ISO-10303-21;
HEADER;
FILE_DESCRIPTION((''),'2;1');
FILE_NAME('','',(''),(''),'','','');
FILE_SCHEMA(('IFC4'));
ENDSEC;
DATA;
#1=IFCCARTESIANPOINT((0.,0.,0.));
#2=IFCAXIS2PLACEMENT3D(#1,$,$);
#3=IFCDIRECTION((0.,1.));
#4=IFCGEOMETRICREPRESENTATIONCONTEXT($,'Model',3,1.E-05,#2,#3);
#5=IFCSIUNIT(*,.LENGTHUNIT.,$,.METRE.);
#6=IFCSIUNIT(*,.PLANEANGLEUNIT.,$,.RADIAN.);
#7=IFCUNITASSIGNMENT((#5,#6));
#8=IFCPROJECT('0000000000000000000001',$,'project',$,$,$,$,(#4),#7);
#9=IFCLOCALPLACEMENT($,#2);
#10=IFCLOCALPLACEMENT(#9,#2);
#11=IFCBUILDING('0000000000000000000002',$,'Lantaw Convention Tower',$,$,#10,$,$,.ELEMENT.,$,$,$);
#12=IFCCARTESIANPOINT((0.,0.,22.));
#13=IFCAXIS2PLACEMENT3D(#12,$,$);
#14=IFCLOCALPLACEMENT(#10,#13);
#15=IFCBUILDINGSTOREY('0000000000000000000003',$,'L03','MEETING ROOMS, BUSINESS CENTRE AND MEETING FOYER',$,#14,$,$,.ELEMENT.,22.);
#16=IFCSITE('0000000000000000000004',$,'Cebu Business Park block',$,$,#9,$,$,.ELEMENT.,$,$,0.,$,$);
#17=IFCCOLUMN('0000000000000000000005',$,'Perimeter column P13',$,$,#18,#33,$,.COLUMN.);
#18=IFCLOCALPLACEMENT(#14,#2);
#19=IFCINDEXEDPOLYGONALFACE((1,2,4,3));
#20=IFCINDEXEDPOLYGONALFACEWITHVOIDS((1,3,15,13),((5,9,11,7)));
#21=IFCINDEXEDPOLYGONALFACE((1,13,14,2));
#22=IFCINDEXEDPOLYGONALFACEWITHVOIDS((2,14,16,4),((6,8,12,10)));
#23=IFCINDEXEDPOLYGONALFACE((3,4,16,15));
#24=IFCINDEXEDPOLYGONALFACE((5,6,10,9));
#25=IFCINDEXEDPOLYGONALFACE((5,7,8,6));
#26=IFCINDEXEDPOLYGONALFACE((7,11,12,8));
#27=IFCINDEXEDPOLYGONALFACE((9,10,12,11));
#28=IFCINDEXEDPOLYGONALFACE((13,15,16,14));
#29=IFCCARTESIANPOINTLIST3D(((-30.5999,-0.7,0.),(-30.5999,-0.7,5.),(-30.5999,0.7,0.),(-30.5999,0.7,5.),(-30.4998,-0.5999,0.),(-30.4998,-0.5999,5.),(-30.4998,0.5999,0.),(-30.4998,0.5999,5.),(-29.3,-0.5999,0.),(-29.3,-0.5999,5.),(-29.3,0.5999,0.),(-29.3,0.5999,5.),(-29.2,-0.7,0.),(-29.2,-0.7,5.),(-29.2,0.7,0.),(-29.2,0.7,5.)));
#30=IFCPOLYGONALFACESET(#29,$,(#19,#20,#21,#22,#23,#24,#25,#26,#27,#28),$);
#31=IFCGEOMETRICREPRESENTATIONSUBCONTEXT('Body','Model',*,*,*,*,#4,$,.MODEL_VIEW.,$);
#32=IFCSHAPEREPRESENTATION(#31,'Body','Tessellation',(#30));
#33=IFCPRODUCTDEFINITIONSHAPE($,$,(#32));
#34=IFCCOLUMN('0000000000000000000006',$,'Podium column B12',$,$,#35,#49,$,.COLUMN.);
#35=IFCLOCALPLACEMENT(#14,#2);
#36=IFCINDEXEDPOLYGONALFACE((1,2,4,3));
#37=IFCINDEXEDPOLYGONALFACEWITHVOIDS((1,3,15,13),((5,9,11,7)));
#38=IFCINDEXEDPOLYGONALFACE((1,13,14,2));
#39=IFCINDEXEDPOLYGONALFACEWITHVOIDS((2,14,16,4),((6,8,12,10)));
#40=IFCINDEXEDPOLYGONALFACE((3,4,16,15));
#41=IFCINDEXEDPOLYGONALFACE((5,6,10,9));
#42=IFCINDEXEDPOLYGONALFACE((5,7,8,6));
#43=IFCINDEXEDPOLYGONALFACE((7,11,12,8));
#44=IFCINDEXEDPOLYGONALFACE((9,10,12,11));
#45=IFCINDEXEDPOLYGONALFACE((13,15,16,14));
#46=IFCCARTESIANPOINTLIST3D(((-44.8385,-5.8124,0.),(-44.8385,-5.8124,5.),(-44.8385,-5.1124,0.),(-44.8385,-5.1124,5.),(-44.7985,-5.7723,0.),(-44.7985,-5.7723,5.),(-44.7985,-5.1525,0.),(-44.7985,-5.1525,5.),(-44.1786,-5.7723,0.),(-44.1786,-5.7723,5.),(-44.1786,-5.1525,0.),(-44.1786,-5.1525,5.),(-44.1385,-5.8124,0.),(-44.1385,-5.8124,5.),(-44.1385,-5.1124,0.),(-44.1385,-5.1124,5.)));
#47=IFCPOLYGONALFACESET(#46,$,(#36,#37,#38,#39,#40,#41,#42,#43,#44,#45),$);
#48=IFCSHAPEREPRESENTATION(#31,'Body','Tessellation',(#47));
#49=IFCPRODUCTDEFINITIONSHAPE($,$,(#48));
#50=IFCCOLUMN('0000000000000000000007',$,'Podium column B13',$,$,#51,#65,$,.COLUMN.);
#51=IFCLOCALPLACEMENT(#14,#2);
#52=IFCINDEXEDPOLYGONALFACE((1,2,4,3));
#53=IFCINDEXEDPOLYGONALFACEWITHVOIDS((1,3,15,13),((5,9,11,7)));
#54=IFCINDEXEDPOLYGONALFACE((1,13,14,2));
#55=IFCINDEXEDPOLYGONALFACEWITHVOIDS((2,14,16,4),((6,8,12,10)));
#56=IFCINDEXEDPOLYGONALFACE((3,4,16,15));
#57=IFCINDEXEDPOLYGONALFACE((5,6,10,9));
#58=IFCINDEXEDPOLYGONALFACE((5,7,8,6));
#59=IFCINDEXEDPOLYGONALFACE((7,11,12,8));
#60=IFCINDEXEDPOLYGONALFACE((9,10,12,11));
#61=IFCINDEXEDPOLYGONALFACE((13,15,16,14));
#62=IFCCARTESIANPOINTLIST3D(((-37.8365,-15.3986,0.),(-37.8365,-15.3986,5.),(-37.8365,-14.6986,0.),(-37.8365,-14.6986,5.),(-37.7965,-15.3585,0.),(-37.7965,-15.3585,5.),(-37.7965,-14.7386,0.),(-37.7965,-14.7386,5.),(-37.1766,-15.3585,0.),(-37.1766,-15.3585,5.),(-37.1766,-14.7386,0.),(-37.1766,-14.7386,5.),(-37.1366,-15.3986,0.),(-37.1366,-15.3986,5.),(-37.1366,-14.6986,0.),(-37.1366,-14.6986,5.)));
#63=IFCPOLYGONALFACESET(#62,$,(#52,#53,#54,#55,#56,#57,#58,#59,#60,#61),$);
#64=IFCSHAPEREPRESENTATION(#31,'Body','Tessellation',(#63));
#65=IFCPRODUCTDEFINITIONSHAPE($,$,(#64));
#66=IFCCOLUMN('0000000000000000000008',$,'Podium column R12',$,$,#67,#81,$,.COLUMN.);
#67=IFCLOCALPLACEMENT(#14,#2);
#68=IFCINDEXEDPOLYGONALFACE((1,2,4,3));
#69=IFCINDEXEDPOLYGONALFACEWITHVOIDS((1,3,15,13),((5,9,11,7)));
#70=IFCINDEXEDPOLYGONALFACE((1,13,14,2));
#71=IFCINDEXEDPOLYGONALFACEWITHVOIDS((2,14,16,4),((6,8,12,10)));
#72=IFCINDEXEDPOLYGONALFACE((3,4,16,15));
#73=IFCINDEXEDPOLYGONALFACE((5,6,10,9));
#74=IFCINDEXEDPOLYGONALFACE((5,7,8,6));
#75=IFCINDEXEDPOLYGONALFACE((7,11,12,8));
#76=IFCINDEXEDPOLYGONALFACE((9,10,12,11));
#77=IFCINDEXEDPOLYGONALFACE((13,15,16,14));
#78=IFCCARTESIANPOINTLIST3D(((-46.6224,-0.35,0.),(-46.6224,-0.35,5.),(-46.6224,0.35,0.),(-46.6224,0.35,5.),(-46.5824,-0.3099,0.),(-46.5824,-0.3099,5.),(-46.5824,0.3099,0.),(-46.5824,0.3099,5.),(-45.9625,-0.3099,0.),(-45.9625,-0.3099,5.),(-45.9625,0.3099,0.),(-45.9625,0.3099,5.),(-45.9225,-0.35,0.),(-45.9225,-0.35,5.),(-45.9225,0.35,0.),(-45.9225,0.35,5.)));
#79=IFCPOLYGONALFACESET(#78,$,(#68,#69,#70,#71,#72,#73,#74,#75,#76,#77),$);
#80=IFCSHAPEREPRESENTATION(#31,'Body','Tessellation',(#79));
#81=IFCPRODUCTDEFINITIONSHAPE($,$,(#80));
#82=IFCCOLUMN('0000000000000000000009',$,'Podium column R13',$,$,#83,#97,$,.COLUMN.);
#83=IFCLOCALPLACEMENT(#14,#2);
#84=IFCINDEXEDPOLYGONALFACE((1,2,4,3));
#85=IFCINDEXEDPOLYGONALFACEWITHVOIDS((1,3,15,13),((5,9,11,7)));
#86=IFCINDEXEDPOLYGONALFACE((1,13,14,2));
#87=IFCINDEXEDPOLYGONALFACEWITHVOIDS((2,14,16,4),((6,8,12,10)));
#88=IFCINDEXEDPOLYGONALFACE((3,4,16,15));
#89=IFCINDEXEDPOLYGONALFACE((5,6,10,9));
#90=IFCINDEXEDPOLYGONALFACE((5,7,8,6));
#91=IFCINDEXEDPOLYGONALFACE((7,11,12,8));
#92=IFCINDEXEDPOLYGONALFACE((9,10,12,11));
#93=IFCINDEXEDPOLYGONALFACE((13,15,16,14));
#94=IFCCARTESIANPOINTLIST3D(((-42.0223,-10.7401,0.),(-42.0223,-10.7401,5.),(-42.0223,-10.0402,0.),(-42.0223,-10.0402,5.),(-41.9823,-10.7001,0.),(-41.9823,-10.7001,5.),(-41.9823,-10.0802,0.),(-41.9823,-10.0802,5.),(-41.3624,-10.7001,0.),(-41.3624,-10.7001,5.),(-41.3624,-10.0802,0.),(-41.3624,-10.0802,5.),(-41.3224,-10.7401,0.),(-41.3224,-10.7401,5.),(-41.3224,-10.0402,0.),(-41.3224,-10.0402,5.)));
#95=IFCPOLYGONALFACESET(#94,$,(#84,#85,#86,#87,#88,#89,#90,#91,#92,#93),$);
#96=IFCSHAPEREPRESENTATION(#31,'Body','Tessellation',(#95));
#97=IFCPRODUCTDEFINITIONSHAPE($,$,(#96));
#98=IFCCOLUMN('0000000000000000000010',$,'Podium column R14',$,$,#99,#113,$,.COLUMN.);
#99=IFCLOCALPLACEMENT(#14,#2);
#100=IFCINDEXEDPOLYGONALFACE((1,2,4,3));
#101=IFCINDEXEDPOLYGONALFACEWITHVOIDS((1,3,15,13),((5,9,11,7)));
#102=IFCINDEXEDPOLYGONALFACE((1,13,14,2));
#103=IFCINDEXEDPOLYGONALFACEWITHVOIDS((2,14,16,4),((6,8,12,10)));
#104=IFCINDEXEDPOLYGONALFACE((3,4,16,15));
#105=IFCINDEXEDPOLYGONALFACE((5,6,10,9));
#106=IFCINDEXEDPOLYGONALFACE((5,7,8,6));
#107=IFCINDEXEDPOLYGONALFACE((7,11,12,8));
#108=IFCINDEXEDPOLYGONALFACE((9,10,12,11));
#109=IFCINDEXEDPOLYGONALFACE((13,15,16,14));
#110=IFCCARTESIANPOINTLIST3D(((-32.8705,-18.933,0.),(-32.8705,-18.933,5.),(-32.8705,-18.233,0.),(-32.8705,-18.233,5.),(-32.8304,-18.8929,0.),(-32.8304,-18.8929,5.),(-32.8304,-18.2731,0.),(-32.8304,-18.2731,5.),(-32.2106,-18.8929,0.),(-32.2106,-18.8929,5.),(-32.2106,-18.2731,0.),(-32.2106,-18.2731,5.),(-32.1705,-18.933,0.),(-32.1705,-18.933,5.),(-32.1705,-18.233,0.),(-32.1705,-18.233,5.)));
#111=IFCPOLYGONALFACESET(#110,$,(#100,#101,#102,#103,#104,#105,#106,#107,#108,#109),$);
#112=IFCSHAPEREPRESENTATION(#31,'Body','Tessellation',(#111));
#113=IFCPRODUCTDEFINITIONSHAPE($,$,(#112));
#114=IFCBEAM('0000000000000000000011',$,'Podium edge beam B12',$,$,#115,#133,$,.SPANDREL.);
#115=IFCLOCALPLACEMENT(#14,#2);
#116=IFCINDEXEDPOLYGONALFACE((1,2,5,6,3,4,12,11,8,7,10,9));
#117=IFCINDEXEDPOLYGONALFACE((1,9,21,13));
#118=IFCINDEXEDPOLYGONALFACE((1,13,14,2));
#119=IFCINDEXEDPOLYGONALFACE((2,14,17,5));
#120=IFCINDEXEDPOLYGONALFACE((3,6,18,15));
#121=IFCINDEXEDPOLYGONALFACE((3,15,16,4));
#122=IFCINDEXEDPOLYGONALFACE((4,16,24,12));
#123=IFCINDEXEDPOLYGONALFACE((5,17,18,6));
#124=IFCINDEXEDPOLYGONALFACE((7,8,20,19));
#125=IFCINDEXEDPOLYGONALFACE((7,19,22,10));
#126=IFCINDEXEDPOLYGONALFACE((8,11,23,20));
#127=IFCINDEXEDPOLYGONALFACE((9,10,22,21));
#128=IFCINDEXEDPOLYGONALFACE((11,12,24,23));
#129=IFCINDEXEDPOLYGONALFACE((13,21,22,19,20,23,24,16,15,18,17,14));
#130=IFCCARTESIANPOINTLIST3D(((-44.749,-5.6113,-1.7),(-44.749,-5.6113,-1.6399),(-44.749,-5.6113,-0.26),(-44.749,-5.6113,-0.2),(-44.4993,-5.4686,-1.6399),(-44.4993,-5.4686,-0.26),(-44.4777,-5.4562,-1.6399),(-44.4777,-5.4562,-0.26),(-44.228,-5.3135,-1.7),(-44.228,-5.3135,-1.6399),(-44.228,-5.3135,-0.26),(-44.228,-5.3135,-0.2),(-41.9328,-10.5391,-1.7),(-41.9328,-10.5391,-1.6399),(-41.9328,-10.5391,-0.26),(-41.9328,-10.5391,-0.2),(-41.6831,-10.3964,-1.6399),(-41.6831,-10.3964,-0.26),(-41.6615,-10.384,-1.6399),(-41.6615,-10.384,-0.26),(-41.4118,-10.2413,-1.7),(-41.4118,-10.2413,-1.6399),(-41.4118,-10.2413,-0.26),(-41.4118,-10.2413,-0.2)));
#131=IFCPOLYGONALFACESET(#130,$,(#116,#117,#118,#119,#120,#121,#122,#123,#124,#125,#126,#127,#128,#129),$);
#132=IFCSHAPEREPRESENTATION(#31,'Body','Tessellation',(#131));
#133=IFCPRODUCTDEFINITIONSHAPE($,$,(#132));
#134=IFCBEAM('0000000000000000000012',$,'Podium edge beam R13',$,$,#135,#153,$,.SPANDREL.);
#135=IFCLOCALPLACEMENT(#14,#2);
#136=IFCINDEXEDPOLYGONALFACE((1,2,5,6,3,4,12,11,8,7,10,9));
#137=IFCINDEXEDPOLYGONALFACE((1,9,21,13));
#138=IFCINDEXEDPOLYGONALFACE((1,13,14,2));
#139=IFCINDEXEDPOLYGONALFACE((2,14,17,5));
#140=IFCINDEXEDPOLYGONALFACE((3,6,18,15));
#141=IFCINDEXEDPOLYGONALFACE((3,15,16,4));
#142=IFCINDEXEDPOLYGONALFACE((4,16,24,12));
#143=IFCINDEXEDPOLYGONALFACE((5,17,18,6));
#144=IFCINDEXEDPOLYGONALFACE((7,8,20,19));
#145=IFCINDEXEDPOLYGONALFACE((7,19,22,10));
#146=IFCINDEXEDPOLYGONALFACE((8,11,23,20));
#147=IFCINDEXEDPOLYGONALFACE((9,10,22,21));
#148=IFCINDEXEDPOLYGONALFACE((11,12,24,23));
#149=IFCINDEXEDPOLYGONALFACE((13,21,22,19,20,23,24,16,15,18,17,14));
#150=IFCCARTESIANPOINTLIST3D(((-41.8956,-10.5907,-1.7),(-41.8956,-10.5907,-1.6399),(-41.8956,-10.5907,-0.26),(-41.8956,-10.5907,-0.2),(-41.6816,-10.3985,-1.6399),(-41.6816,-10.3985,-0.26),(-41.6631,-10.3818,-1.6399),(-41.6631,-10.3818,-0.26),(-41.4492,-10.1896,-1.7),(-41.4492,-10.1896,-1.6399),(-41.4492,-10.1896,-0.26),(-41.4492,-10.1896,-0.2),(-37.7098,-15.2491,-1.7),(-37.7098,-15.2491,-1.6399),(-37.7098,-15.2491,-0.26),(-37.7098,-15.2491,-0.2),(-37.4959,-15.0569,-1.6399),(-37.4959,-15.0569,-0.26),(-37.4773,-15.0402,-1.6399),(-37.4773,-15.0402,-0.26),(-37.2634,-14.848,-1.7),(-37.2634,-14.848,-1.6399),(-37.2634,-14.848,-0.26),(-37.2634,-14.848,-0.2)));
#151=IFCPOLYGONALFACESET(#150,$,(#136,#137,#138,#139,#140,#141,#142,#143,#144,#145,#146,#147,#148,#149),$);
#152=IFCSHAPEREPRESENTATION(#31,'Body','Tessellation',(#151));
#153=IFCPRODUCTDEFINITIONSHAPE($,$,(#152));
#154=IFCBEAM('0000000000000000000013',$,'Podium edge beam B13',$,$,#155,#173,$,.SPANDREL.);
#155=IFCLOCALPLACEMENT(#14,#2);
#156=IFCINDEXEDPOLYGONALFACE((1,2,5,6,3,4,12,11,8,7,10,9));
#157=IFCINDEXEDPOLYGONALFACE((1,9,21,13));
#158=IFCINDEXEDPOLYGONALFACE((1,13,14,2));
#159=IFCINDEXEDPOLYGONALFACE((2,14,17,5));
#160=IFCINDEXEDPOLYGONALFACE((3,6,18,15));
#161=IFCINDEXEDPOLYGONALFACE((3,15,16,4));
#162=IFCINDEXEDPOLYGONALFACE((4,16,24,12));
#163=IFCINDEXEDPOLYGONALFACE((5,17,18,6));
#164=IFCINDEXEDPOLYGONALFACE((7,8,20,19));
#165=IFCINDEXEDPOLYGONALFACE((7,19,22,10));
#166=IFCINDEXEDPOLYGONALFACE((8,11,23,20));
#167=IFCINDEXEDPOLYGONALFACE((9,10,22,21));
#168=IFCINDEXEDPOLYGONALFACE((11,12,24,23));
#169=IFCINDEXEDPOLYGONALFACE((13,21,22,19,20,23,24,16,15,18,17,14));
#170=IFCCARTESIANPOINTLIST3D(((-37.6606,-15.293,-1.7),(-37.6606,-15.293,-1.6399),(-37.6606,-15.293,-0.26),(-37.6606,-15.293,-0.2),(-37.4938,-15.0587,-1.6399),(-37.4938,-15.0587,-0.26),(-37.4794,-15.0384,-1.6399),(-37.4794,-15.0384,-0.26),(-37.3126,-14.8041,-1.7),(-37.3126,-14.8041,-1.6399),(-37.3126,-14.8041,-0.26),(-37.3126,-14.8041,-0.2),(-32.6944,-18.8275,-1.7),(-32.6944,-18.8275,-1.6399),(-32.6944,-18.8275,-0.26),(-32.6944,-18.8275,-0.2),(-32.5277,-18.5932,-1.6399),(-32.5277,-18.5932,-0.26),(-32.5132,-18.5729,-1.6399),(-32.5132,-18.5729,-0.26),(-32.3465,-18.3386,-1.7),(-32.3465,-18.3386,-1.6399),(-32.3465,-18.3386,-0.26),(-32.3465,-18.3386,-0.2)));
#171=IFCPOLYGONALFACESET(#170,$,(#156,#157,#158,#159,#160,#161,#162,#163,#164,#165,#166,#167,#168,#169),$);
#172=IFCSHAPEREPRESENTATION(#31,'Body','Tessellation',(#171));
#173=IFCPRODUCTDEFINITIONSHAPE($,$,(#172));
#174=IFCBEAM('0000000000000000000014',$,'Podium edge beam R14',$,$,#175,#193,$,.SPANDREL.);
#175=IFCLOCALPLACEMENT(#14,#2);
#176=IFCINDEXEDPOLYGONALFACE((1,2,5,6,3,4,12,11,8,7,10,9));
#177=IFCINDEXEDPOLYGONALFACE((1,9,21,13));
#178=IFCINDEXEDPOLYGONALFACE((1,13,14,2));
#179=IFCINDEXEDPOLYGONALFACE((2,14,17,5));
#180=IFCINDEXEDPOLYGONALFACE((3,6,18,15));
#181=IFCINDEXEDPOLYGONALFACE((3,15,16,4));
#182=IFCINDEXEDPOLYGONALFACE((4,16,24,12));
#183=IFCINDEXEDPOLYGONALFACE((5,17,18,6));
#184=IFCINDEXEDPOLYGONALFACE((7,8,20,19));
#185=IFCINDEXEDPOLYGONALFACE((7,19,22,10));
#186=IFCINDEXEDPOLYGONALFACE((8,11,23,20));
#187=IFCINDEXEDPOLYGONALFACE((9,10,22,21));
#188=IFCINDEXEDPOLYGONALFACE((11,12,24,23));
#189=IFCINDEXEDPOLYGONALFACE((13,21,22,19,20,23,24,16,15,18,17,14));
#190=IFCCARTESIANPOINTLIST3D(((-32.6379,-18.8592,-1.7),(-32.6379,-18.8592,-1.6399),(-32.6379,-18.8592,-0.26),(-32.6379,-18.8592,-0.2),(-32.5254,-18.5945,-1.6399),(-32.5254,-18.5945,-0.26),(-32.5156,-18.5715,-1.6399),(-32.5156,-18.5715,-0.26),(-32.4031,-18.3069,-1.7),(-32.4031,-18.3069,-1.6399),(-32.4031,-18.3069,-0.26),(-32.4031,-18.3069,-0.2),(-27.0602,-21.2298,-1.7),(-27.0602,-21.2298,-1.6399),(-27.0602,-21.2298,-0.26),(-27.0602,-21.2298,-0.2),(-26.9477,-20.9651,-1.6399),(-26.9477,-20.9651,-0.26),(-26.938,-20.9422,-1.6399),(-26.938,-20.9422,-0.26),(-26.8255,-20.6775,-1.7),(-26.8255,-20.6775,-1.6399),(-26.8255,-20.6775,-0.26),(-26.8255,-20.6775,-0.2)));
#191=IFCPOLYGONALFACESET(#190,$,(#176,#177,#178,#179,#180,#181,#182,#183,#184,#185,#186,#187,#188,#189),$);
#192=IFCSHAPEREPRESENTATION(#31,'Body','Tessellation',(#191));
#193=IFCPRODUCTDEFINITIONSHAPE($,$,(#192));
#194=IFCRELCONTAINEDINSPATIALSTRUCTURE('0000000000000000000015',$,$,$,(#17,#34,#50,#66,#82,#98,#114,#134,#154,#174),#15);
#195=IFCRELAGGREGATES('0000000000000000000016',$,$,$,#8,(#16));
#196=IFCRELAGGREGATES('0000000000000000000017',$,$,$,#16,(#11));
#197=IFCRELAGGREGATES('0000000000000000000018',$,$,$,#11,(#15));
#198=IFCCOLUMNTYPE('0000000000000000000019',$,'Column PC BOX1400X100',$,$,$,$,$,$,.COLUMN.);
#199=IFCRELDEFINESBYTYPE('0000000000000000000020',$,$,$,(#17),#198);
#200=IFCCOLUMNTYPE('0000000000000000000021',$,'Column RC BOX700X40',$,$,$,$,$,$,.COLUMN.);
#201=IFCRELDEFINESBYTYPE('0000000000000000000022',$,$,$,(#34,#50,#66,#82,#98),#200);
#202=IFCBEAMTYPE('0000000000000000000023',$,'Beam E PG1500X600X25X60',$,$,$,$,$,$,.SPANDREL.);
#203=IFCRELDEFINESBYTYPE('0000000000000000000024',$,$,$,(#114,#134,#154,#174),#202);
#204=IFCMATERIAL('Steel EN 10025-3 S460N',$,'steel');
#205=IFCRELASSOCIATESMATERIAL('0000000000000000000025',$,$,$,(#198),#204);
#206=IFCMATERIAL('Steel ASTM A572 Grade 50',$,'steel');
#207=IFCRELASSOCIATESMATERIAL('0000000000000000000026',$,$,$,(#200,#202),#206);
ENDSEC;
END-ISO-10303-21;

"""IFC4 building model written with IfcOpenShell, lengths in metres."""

from ifc_helpers import new_model, si_unit, direction, frame, origin, origin_2d, place, context, subcontext, project, spatial, rectangle, hollow_rectangle, i_section, extrude, material, material_profile, profile_set, type_object, element, save


model = new_model("IFC4")

# Units and contexts
model_context = context("Model", 3, precision=1e-05, world=origin(), true_north=direction((0.0, 1.0)))
body_context = subcontext(model_context, "Body", "Model", "MODEL_VIEW")
ifc_project = project(units=[si_unit("LENGTHUNIT", "METRE"), si_unit("PLANEANGLEUNIT", "RADIAN")], contexts=[model_context])

# Site, building, storey
site_placement = place(None, origin())
site = spatial("IfcSite", under=ifc_project, at=site_placement, Name="Cebu Business Park block", CompositionType="ELEMENT", RefElevation=0.0)
building_placement = place(site_placement, origin())
building = spatial("IfcBuilding", under=site, at=building_placement, Name="Lantaw Convention Tower", CompositionType="ELEMENT")
storey_placement = place(building_placement, frame((0.0, 0.0, 22.0)))
storey = spatial("IfcBuildingStorey", under=building, at=storey_placement, Name="L03", Description="MEETING ROOMS, BUSINESS CENTRE AND MEETING FOYER", CompositionType="ELEMENT", Elevation=22.0)

# Columns
ifc_material_1 = material(Name="Steel EN 10025-3 S460N", Category="steel")
ifc_material_profile_1 = material_profile(ifc_material_1, hollow_rectangle(XDim=1.3999, YDim=1.3999, WallThickness=0.1001, at=origin_2d()), Name="BOX1400X100")
ifc_material_2 = material(Name="Concrete C60/75", Category="concrete")
ifc_material_profile_2 = material_profile(ifc_material_2, rectangle(XDim=1.2, YDim=1.2, at=origin_2d()), Name="Concrete fill of BOX1400X100")
ifc_profile_set_1 = profile_set([ifc_material_profile_1, ifc_material_profile_2], Name="Steel EN 10025-3 S460N")
column_type_1 = type_object("IfcColumnType", Name="Column PC BOX1400X100", PredefinedType="COLUMN", material=ifc_profile_set_1)
column_placement = place(storey_placement, frame((-29.8999, 0.0, 0.0), z_axis=(0.0, 0.0, 1.0), x_axis=(1.0, 0.0, 0.0)))
element("IfcColumn", 1, at=column_placement, inside=storey, type_object=column_type_1, Name="Perimeter column P13", PredefinedType="COLUMN", context=body_context, shape_type="SweptSolid", body=[
    extrude(hollow_rectangle(XDim=1.3999, YDim=1.3999, WallThickness=0.1001, at=origin_2d()), origin(), (0.0, 0.0, 1.0), 5.0),
])
ifc_material_3 = material(Name="Steel ASTM A572 Grade 50", Category="steel")
ifc_material_profile_3 = material_profile(ifc_material_3, hollow_rectangle(XDim=0.7, YDim=0.7, WallThickness=0.04, at=origin_2d()), Name="BOX700X40")
ifc_profile_set_2 = profile_set([ifc_material_profile_3], Name="Steel ASTM A572 Grade 50")
column_type_2 = type_object("IfcColumnType", Name="Column RC BOX700X40", PredefinedType="COLUMN", material=ifc_profile_set_2)
for number, where, z_axis, x_axis, name in (
    (2, (-44.4885, -5.4624, 0.0), (0.0, 0.0, 1.0), (1.0, 0.0, 0.0), "Podium column B12"),
    (3, (-37.4866, -15.0486, 0.0), (0.0, 0.0, 1.0), (1.0, 0.0, 0.0), "Podium column B13"),
    (4, (-46.2725, 0.0, 0.0), (0.0, 0.0, 1.0), (1.0, 0.0, 0.0), "Podium column R12"),
    (5, (-41.6724, -10.3901, 0.0), (0.0, 0.0, 1.0), (1.0, 0.0, 0.0), "Podium column R13"),
    (6, (-32.5205, -18.583, 0.0), (0.0, 0.0, 1.0), (1.0, 0.0, 0.0), "Podium column R14"),
):
    element("IfcColumn", number, at=place(storey_placement, frame(where, z_axis=z_axis, x_axis=x_axis)), inside=storey, type_object=column_type_2, Name=name, PredefinedType="COLUMN", context=body_context, shape_type="SweptSolid", body=[
        extrude(hollow_rectangle(XDim=0.7, YDim=0.7, WallThickness=0.04, at=origin_2d()), origin(), (0.0, 0.0, 1.0), 5.0),
    ])

# Beams
ifc_material_profile_4 = material_profile(ifc_material_3, i_section(OverallWidth=0.6001, OverallDepth=1.5, WebThickness=0.0249, FlangeThickness=0.0601, at=origin_2d()), Name="PG1500X600X25X60")
ifc_profile_set_3 = profile_set([ifc_material_profile_4], Name="Steel ASTM A572 Grade 50")
beam_type_1 = type_object("IfcBeamType", Name="Beam E PG1500X600X25X60", PredefinedType="SPANDREL", material=ifc_profile_set_3)
beam_1_placement = place(storey_placement, frame((-44.4885, -5.4624, -0.95), z_axis=(0.496181, -0.868219, 0.0), x_axis=(0.868219, 0.496181, 0.0)))
element("IfcBeam", 7, at=beam_1_placement, inside=storey, type_object=beam_type_1, Name="Podium edge beam B12", PredefinedType="SPANDREL", context=body_context, shape_type="SweptSolid", body=[
    extrude(i_section(OverallWidth=0.6001, OverallDepth=1.5, WebThickness=0.0249, FlangeThickness=0.0601, at=origin_2d()), origin(), (0.0, 0.0, 1.0), 5.6758),
])
beam_2_placement = place(storey_placement, frame((-41.6724, -10.3901, -0.95), z_axis=(0.668364, -0.743835, 0.0), x_axis=(0.743835, 0.668364, 0.0)))
element("IfcBeam", 8, at=beam_2_placement, inside=storey, type_object=beam_type_1, Name="Podium edge beam R13", PredefinedType="SPANDREL", context=body_context, shape_type="SweptSolid", body=[
    extrude(i_section(OverallWidth=0.6001, OverallDepth=1.5, WebThickness=0.0249, FlangeThickness=0.0601, at=origin_2d()), origin(), (0.0, 0.0, 1.0), 6.2627),
])
beam_3_placement = place(storey_placement, frame((-37.4866, -15.0486, -0.95), z_axis=(0.814723, -0.579851, 0.0), x_axis=(0.579851, 0.814723, 0.0)))
element("IfcBeam", 9, at=beam_3_placement, inside=storey, type_object=beam_type_1, Name="Podium edge beam B13", PredefinedType="SPANDREL", context=body_context, shape_type="SweptSolid", body=[
    extrude(i_section(OverallWidth=0.6001, OverallDepth=1.5, WebThickness=0.0249, FlangeThickness=0.0601, at=origin_2d()), origin(), (0.0, 0.0, 1.0), 6.0955),
])
beam_4_placement = place(storey_placement, frame((-32.5205, -18.583, -0.95), z_axis=(0.920324, -0.391156, 0.0), x_axis=(0.391156, 0.920324, 0.0)))
element("IfcBeam", 10, at=beam_4_placement, inside=storey, type_object=beam_type_1, Name="Podium edge beam R14", PredefinedType="SPANDREL", context=body_context, shape_type="SweptSolid", body=[
    extrude(i_section(OverallWidth=0.6001, OverallDepth=1.5, WebThickness=0.0249, FlangeThickness=0.0601, at=origin_2d()), origin(), (0.0, 0.0, 1.0), 6.0605),
])

save(model, "model.ifc")
